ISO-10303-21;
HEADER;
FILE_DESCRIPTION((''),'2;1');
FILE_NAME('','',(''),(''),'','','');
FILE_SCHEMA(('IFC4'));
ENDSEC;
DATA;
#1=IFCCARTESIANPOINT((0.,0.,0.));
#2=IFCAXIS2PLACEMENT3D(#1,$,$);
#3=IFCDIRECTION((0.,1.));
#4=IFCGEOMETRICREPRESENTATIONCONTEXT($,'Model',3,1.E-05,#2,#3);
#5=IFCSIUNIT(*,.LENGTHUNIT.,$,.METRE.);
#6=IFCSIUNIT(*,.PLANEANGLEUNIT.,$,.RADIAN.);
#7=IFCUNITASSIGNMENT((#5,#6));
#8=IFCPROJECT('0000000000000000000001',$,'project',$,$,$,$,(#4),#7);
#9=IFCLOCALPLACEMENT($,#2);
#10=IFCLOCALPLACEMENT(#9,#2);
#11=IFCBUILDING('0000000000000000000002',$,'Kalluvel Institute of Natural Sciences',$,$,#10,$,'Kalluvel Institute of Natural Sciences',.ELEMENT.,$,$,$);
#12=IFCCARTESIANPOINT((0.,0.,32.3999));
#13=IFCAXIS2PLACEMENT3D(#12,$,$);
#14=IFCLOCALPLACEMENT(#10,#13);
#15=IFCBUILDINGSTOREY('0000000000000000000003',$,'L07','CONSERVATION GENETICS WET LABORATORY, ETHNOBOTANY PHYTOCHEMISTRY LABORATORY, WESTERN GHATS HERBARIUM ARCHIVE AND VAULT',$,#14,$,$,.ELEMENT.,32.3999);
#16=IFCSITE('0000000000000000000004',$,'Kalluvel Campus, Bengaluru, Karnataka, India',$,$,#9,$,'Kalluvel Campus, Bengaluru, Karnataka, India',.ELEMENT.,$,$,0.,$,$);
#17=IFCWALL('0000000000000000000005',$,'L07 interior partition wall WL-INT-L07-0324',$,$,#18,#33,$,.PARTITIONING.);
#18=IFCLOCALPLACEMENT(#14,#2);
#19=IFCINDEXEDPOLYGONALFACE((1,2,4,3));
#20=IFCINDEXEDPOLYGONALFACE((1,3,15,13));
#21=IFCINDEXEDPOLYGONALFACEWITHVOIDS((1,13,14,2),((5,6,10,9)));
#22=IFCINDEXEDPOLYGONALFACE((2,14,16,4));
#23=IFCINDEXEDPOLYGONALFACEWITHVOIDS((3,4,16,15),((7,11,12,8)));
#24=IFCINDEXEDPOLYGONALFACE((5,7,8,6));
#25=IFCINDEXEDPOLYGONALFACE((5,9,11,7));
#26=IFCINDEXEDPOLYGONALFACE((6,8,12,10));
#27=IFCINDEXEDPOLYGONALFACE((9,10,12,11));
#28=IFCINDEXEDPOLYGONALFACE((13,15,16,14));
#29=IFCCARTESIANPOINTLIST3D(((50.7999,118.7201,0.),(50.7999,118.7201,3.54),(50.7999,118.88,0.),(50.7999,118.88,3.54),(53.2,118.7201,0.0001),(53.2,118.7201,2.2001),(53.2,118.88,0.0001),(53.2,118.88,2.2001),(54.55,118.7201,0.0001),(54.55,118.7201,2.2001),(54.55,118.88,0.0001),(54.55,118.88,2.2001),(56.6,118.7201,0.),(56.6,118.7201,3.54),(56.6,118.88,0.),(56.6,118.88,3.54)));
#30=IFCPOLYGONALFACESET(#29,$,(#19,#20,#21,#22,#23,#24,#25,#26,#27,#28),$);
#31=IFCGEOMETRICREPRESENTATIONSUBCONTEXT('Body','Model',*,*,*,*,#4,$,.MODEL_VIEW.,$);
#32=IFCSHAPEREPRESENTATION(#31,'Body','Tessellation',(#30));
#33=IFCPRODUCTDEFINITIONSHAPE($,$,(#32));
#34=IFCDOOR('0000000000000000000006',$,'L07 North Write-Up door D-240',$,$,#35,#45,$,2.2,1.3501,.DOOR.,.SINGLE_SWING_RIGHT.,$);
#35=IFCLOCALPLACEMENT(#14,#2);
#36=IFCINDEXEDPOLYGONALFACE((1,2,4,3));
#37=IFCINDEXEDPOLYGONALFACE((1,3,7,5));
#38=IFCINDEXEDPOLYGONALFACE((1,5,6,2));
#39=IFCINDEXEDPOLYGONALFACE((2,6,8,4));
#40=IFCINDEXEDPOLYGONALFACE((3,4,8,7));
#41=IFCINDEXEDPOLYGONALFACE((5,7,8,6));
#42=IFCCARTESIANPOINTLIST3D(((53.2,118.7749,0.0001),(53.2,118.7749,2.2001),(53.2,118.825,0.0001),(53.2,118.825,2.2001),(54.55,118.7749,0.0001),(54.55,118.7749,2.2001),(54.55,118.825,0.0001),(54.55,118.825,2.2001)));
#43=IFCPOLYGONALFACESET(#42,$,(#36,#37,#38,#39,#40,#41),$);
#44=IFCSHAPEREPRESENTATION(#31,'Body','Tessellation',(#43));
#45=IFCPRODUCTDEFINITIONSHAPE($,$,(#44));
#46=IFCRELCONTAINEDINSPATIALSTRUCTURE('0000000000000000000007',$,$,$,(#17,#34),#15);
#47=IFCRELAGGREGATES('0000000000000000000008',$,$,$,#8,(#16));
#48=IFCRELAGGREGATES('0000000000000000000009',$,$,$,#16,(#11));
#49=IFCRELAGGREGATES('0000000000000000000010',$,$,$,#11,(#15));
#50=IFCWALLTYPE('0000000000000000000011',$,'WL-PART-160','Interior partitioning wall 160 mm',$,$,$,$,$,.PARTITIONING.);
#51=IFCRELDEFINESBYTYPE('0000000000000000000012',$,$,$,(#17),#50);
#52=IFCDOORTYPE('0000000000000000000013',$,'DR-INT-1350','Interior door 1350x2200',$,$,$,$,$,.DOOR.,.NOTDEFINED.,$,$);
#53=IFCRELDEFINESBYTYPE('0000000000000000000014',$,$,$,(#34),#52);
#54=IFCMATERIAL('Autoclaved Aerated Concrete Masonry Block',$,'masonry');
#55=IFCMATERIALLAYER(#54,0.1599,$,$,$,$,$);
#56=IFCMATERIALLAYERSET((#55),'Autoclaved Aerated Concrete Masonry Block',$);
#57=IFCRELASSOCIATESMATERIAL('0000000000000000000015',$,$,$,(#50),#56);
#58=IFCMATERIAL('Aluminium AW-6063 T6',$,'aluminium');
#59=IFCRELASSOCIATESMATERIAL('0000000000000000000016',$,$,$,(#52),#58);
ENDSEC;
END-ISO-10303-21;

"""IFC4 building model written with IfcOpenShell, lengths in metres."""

from ifc_helpers import new_model, si_unit, direction, frame, frame_2d, origin, place, context, subcontext, project, spatial, rectangle, extrude, material, layer, layer_set, type_object, element, fill, save


model = new_model("IFC4")

# Units and contexts
model_context = context("Model", 3, precision=1e-05, world=origin(), true_north=direction((0.0, 1.0)))
body_context = subcontext(model_context, "Body", "Model", "MODEL_VIEW")
ifc_project = project(units=[si_unit("LENGTHUNIT", "METRE"), si_unit("PLANEANGLEUNIT", "RADIAN")], contexts=[model_context])

# Site, building, storey
site_placement = place(None, origin())
site = spatial("IfcSite", under=ifc_project, at=site_placement, Name="Kalluvel Campus, Bengaluru, Karnataka, India", LongName="Kalluvel Campus, Bengaluru, Karnataka, India", CompositionType="ELEMENT", RefElevation=0.0)
building_placement = place(site_placement, origin())
building = spatial("IfcBuilding", under=site, at=building_placement, Name="Kalluvel Institute of Natural Sciences", LongName="Kalluvel Institute of Natural Sciences", CompositionType="ELEMENT")
storey_placement = place(building_placement, frame((0.0, 0.0, 32.3999)))
storey = spatial("IfcBuildingStorey", under=building, at=storey_placement, Name="L07", Description="CONSERVATION GENETICS WET LABORATORY, ETHNOBOTANY PHYTOCHEMISTRY LABORATORY, WESTERN GHATS HERBARIUM ARCHIVE AND VAULT", CompositionType="ELEMENT", Elevation=32.3999)

# Shared definitions
ifc_material_1 = material(Name="Aluminium AW-6063 T6", Category="aluminium")

# Shared definitions
ifc_material_2 = material(Name="Autoclaved Aerated Concrete Masonry Block", Category="masonry")

# Wall, opening, door
ifc_layer_1 = layer(ifc_material_2, 0.1599)
ifc_layer_set_1 = layer_set([ifc_layer_1], Name="Autoclaved Aerated Concrete Masonry Block")
wall_type_1 = type_object("IfcWallType", Name="WL-PART-160", Description="Interior partitioning wall 160 mm", PredefinedType="PARTITIONING", material=ifc_layer_set_1)
wall_1_placement = place(storey_placement, frame((50.8, 118.8, 0.0), z_axis=(0.0, 0.0, 1.0), x_axis=(1.0, 0.0, 0.0)))
wall_1 = element("IfcWall", 1, at=wall_1_placement, inside=storey, type_object=wall_type_1, Name="L07 interior partition wall WL-INT-L07-0324", PredefinedType="PARTITIONING", context=body_context, shape_type="SweptSolid", body=[
    extrude(rectangle(XDim=5.8, YDim=0.1599, at=frame_2d((2.8999, 0.0))), origin(), (0.0, 0.0, 1.0), 3.54),
])
opening_placement = place(wall_1_placement, frame((2.3999, 0.0, 0.0)))
opening = element("IfcOpeningElement", 2, at=opening_placement, cuts=wall_1, PredefinedType="OPENING", context=body_context, shape_type="SweptSolid", body=[
    extrude(rectangle(XDim=1.3501, YDim=2.2, at=frame_2d((0.675, 1.1001))), frame((0.0, 0.0898, 0.0), z_axis=(0.0, -1.0, 0.0), x_axis=(1.0, 0.0, 0.0)), (0.0, 0.0, 1.0), 0.1799),
])
door_type = type_object("IfcDoorType", Name="DR-INT-1350", Description="Interior door 1350x2200", OperationType="NOTDEFINED", PredefinedType="DOOR", material=ifc_material_1)
door_placement = place(opening_placement, origin())
door = element("IfcDoor", 3, at=door_placement, inside=storey, type_object=door_type, Name="L07 North Write-Up door D-240", OperationType="SINGLE_SWING_RIGHT", OverallHeight=2.2, OverallWidth=1.3501, PredefinedType="DOOR", context=body_context, shape_type="SweptSolid", body=[
    extrude(rectangle(XDim=1.3501, YDim=2.2, at=frame_2d((0.675, 1.1001))), frame((0.0, 0.0249, 0.0), z_axis=(0.0, -1.0, 0.0), x_axis=(1.0, 0.0, 0.0)), (0.0, 0.0, 1.0), 0.05),
])
fill(opening, door)

save(model, "model.ifc")
